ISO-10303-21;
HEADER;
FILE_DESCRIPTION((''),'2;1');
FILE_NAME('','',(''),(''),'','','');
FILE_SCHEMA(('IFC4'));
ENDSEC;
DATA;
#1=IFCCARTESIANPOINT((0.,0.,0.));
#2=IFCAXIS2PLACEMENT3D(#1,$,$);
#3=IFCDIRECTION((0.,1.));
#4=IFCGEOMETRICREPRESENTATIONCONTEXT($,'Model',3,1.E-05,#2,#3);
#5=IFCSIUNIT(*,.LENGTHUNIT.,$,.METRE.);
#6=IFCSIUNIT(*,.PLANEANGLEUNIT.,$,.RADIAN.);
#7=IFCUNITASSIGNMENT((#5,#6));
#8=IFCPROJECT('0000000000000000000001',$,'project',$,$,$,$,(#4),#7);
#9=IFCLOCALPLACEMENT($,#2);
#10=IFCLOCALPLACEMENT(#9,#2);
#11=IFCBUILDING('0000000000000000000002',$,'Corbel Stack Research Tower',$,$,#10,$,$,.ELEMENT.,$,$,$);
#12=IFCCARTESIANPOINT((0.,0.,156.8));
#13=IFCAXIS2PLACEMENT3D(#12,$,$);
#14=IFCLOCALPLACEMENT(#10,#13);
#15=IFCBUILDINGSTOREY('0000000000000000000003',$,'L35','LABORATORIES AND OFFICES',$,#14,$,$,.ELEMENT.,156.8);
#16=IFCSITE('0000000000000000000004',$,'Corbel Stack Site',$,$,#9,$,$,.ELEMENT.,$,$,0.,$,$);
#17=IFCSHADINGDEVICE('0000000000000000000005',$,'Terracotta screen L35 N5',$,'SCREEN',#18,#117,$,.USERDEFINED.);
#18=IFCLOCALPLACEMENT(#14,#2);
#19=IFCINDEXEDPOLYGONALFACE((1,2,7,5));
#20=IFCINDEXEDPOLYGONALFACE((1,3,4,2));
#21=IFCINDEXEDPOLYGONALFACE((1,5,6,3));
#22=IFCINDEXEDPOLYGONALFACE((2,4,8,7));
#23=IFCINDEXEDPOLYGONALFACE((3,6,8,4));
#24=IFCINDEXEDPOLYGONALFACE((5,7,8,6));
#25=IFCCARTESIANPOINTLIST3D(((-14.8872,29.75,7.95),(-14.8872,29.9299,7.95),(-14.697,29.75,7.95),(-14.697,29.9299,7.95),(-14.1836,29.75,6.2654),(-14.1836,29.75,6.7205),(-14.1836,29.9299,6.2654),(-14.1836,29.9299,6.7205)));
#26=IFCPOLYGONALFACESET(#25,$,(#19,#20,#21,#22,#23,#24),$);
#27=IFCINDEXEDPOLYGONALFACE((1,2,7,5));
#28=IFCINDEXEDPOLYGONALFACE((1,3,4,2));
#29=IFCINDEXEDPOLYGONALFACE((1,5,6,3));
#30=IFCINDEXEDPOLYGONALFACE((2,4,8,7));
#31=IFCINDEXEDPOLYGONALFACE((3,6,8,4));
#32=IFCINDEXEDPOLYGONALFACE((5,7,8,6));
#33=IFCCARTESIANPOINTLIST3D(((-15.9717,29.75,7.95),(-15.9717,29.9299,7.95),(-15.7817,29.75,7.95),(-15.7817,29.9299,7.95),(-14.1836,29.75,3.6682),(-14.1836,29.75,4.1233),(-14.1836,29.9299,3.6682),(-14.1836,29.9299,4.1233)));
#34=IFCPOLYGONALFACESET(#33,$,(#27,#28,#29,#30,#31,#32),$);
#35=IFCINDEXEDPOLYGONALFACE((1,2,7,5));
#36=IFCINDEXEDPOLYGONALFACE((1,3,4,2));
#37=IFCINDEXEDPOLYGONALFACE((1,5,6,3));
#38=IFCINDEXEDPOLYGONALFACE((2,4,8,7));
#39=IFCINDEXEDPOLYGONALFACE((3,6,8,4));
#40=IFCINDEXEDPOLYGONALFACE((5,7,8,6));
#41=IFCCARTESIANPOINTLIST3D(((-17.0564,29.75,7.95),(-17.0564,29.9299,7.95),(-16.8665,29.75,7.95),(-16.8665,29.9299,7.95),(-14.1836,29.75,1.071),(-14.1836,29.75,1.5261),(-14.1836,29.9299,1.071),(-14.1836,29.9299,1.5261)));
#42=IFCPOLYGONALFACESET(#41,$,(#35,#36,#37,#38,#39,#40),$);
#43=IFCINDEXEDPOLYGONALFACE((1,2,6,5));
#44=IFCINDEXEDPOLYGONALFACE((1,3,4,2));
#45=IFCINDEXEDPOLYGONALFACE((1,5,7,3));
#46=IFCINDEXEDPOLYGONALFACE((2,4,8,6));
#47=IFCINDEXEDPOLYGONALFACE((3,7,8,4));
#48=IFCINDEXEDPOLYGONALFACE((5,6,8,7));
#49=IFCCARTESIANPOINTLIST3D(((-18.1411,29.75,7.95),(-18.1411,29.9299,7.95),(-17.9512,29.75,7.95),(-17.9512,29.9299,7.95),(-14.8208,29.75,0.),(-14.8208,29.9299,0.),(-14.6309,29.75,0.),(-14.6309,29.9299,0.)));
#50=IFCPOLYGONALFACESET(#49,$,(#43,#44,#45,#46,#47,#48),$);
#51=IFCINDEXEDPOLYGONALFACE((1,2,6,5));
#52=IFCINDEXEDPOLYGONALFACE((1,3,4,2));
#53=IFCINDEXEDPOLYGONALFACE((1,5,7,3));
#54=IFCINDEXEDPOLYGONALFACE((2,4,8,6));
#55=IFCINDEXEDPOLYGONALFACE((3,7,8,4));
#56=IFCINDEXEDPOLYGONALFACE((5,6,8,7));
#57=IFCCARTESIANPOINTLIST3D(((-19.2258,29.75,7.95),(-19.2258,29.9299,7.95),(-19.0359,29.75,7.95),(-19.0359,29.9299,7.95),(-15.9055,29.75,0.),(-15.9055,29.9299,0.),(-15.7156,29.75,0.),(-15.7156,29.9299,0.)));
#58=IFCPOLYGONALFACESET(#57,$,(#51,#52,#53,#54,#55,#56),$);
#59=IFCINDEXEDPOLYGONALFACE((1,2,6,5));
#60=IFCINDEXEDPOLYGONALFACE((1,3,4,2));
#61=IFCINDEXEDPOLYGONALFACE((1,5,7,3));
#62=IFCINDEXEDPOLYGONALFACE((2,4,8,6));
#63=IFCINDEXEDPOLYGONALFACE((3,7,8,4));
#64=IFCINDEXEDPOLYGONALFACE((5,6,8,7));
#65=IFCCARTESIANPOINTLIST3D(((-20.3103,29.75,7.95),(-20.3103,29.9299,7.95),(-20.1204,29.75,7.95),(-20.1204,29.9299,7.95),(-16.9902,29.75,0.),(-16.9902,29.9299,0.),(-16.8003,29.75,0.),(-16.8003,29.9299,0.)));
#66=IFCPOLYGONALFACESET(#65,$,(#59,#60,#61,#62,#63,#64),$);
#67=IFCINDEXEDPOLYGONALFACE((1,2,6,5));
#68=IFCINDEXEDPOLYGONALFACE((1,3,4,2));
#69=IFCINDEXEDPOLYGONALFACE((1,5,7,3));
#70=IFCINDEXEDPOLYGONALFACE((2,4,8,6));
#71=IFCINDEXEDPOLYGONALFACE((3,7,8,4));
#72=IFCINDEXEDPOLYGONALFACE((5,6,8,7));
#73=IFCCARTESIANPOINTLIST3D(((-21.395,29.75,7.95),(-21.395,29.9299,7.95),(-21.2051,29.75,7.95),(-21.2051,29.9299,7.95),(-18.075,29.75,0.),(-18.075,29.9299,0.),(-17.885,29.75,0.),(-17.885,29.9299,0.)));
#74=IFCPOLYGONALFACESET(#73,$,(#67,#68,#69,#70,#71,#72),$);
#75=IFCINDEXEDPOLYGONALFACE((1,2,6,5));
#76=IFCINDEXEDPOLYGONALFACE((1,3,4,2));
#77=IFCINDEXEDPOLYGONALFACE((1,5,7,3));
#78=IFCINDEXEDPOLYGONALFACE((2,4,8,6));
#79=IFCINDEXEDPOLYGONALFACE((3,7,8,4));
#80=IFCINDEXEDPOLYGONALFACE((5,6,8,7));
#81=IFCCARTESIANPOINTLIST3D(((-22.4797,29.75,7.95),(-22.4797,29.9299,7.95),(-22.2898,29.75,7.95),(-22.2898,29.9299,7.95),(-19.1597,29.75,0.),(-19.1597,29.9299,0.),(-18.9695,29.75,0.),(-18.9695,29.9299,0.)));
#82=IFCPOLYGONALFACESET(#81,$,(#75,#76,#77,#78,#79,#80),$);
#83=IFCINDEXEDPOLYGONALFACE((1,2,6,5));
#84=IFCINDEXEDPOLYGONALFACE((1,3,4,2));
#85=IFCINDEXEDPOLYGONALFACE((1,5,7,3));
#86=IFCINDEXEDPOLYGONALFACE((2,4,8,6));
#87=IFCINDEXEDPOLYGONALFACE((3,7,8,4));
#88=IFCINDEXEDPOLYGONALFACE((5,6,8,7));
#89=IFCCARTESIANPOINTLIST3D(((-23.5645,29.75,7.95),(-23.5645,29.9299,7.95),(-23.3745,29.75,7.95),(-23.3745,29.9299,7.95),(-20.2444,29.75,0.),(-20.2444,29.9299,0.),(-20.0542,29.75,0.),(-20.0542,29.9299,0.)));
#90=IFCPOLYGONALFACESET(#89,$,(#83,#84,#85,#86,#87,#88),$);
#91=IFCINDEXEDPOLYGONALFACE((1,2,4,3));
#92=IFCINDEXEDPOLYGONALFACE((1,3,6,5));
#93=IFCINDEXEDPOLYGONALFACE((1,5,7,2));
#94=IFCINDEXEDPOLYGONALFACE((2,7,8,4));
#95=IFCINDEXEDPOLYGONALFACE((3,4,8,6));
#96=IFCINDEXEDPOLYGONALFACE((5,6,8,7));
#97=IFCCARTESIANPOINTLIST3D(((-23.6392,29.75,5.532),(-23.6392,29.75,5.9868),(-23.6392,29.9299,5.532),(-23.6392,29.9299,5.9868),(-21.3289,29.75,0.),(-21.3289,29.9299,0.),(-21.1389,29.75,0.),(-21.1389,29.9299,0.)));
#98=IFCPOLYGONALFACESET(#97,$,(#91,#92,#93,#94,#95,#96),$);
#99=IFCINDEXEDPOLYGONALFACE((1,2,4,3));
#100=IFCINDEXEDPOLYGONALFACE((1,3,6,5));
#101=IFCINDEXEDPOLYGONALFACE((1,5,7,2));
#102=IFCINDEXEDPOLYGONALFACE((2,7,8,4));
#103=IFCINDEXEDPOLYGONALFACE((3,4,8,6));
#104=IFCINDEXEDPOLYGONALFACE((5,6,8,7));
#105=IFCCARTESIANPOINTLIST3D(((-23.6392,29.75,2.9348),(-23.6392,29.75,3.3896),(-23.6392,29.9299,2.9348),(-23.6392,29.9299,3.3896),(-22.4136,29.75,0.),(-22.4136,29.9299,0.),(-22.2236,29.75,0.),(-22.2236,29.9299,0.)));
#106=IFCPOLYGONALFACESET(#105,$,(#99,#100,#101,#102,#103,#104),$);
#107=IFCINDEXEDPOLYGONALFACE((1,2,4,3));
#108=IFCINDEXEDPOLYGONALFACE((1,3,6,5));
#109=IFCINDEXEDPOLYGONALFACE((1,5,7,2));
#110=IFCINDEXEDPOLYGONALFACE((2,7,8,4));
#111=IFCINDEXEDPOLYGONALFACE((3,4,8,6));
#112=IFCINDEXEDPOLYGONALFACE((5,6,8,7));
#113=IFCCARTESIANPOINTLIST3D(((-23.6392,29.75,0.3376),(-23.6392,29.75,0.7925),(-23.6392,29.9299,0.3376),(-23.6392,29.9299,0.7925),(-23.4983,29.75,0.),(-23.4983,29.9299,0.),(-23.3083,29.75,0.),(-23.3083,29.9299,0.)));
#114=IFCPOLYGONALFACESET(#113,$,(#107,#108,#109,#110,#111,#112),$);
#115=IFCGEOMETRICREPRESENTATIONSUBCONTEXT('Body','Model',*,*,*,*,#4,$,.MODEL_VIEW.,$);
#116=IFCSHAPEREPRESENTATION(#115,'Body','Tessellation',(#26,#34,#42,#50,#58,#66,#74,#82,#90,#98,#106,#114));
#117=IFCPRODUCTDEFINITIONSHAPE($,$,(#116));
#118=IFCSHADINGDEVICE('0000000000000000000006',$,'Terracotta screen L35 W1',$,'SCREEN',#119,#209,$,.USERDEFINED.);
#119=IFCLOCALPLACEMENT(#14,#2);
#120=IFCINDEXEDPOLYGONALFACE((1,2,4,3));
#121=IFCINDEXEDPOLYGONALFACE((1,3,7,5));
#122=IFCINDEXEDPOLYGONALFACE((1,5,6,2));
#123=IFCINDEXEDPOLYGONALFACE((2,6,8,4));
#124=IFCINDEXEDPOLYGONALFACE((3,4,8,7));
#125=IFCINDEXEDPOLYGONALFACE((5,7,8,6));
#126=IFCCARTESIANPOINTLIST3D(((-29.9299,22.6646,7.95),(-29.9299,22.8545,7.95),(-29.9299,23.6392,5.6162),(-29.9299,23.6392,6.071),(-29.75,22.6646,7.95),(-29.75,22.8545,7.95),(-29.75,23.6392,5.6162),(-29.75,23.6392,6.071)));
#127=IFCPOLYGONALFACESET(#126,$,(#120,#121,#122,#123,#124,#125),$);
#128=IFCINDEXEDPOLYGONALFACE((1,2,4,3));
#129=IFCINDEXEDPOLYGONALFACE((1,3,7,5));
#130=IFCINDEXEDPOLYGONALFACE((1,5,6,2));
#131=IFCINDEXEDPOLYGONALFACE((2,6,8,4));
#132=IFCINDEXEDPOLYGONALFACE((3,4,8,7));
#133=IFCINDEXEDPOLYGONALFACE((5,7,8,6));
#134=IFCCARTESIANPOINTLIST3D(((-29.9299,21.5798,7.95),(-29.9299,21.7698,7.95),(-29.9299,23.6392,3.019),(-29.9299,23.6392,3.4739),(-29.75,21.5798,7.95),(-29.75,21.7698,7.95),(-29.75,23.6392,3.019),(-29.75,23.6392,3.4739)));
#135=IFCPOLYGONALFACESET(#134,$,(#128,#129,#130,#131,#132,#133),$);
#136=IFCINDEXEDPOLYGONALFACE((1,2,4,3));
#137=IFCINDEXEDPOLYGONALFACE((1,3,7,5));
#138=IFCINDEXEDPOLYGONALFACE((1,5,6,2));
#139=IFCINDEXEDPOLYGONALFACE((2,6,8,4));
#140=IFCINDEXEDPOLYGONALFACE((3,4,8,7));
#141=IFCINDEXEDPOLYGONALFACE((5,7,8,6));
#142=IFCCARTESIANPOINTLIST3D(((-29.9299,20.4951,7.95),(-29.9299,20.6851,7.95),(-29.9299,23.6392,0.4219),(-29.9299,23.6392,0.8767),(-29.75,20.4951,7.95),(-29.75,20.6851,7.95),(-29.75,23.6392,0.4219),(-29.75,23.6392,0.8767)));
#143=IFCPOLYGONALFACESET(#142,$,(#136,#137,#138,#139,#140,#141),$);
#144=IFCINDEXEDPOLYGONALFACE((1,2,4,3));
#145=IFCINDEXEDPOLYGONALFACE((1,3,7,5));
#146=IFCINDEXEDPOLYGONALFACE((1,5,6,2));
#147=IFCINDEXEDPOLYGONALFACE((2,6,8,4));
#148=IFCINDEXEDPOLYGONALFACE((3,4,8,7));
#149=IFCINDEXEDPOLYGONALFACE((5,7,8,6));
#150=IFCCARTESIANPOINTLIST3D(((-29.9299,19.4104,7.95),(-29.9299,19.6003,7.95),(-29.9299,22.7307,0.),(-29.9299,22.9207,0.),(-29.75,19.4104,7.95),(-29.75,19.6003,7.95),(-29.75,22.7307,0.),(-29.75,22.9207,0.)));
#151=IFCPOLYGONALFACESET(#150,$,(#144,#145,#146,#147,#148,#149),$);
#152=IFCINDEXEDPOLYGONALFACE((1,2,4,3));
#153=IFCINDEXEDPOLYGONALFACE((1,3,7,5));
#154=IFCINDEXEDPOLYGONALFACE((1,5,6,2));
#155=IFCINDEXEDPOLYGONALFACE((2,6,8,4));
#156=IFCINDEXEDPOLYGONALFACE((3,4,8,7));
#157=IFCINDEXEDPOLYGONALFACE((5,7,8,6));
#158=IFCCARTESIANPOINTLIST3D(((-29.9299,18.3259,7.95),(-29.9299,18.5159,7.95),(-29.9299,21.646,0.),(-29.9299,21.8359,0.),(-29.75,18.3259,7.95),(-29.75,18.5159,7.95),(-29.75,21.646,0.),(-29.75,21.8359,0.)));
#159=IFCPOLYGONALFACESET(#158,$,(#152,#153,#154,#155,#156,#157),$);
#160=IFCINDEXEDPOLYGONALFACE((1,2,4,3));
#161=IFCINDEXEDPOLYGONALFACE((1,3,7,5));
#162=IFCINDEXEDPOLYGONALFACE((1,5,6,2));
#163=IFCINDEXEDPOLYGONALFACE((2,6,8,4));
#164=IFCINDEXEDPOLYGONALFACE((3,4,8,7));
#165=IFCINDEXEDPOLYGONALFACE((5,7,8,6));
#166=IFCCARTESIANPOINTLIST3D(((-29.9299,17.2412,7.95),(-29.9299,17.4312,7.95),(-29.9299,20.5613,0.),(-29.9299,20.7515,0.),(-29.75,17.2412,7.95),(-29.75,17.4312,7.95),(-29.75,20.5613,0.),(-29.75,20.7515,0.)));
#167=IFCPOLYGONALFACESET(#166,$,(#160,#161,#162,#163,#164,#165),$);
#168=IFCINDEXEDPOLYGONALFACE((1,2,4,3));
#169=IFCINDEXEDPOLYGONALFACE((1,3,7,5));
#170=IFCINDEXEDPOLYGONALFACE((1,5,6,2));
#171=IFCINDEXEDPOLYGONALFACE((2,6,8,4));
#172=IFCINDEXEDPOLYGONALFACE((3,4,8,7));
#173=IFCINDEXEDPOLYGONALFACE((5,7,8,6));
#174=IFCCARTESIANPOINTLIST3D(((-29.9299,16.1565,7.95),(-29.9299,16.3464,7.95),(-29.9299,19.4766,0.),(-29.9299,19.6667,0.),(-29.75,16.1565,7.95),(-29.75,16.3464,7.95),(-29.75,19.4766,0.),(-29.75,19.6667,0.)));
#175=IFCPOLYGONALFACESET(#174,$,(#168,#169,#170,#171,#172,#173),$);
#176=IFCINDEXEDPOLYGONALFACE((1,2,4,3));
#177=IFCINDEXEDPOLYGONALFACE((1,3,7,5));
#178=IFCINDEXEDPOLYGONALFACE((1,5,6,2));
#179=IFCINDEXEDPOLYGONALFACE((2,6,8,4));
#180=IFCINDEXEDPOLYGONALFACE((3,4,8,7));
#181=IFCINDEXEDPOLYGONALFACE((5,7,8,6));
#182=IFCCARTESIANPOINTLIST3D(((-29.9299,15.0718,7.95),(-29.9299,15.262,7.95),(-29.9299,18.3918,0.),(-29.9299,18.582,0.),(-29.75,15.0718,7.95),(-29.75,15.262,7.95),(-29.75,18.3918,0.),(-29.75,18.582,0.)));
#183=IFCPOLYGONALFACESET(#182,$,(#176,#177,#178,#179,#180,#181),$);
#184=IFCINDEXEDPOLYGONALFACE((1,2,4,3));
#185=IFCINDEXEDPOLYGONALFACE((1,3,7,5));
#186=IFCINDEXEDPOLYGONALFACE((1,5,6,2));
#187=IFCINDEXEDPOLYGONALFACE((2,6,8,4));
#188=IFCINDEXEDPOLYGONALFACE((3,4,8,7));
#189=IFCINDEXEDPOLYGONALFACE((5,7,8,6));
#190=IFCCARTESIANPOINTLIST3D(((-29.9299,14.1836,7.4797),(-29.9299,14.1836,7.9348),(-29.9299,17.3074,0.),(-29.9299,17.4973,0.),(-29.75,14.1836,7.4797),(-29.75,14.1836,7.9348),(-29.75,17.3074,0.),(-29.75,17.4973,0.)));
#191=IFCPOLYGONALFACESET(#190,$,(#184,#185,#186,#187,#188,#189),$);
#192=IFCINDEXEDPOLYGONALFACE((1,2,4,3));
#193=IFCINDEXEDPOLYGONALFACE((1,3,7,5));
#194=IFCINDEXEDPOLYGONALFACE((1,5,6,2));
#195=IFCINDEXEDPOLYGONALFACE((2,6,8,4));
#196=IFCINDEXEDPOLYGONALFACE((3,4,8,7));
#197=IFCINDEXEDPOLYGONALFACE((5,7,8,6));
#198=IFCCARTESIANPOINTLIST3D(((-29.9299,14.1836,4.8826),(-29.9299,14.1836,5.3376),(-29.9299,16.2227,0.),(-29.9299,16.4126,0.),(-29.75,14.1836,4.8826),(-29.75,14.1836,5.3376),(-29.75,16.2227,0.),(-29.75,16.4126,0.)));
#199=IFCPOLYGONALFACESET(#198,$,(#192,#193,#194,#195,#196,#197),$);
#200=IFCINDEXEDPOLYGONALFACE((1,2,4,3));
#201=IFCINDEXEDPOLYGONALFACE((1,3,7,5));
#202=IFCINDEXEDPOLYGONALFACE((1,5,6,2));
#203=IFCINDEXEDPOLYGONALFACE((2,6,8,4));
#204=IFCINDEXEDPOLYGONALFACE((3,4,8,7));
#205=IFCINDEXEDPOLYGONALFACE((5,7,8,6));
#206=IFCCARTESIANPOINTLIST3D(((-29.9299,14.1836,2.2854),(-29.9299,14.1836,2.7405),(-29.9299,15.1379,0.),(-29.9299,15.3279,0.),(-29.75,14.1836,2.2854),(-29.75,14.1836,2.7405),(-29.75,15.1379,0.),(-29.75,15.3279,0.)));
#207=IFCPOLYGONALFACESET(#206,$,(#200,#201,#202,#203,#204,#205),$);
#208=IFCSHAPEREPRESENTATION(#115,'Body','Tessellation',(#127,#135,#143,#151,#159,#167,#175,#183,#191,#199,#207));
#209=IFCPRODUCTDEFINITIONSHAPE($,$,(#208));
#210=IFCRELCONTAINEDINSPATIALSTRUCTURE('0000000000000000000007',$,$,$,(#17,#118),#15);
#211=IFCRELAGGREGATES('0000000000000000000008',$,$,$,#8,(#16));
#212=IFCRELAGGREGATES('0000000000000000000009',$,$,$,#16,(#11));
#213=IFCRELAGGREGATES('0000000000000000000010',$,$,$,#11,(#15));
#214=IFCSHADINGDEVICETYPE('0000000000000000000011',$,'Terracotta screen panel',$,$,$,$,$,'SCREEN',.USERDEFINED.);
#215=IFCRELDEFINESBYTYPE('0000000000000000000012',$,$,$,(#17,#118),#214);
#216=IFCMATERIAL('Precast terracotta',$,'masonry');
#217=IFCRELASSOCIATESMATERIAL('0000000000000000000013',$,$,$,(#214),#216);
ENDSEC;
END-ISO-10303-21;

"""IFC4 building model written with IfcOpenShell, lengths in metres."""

from ifc_helpers import new_model, si_unit, direction, frame, origin, place, context, subcontext, project, spatial, polyline, outline, extrude, source, transform, mapped, material, type_object, element, save


model = new_model("IFC4")

# Units and contexts
model_context = context("Model", 3, precision=1e-05, world=origin(), true_north=direction((0.0, 1.0)))
body_context = subcontext(model_context, "Body", "Model", "MODEL_VIEW")
ifc_project = project(units=[si_unit("LENGTHUNIT", "METRE"), si_unit("PLANEANGLEUNIT", "RADIAN")], contexts=[model_context])

# Site, building, storey
site_placement = place(None, origin())
site = spatial("IfcSite", under=ifc_project, at=site_placement, Name="Corbel Stack Site", CompositionType="ELEMENT", RefElevation=0.0)
building_placement = place(site_placement, origin())
building = spatial("IfcBuilding", under=site, at=building_placement, Name="Corbel Stack Research Tower", CompositionType="ELEMENT")
storey_placement = place(building_placement, frame((0.0, 0.0, 156.8)))
storey = spatial("IfcBuildingStorey", under=building, at=storey_placement, Name="L35", Description="LABORATORIES AND OFFICES", CompositionType="ELEMENT", Elevation=156.8)

# Shading devices
ifc_material_1 = material(Name="Precast terracotta", Category="masonry")
shading_device_type = type_object("IfcShadingDeviceType", Name="Terracotta screen panel", ElementType="SCREEN", PredefinedType="USERDEFINED", material=ifc_material_1)
shared_shape_1 = source(origin(), body_context, "Body", "SweptSolid", [
    extrude(outline(polyline([(0.7036, 7.95), (0.5134, 7.95), (0.0, 6.7205), (0.0, 6.2654), (0.7036, 7.95)])), frame((0.0, 0.0, 0.0), z_axis=(0.0, -1.0, 0.0), x_axis=(1.0, 0.0, 0.0)), (0.0, 0.0, 1.0), 0.1799),
    extrude(outline(polyline([(1.7881, 7.95), (1.5981, 7.95), (0.0, 4.1233), (0.0, 3.6682), (1.7881, 7.95)])), frame((0.0, 0.0, 0.0), z_axis=(0.0, -1.0, 0.0), x_axis=(1.0, 0.0, 0.0)), (0.0, 0.0, 1.0), 0.1799),
    extrude(outline(polyline([(2.8728, 7.95), (2.6829, 7.95), (0.0, 1.5261), (0.0, 1.071), (2.8728, 7.95)])), frame((0.0, 0.0, 0.0), z_axis=(0.0, -1.0, 0.0), x_axis=(1.0, 0.0, 0.0)), (0.0, 0.0, 1.0), 0.1799),
    extrude(outline(polyline([(0.6372, 0.0), (3.9575, 7.95), (3.7676, 7.95), (0.4473, 0.0), (0.6372, 0.0)])), frame((0.0, 0.0, 0.0), z_axis=(0.0, -1.0, 0.0), x_axis=(1.0, 0.0, 0.0)), (0.0, 0.0, 1.0), 0.1799),
    extrude(outline(polyline([(1.7219, 0.0), (5.0422, 7.95), (4.8523, 7.95), (1.532, 0.0), (1.7219, 0.0)])), frame((0.0, 0.0, 0.0), z_axis=(0.0, -1.0, 0.0), x_axis=(1.0, 0.0, 0.0)), (0.0, 0.0, 1.0), 0.1799),
    extrude(outline(polyline([(2.8066, 0.0), (6.1267, 7.95), (5.9368, 7.95), (2.6167, 0.0), (2.8066, 0.0)])), frame((0.0, 0.0, 0.0), z_axis=(0.0, -1.0, 0.0), x_axis=(1.0, 0.0, 0.0)), (0.0, 0.0, 1.0), 0.1799),
    extrude(outline(polyline([(3.8914, 0.0), (7.2114, 7.95), (7.0215, 7.95), (3.7014, 0.0), (3.8914, 0.0)])), frame((0.0, 0.0, 0.0), z_axis=(0.0, -1.0, 0.0), x_axis=(1.0, 0.0, 0.0)), (0.0, 0.0, 1.0), 0.1799),
    extrude(outline(polyline([(4.9761, 0.0), (8.2961, 7.95), (8.1062, 7.95), (4.7859, 0.0), (4.9761, 0.0)])), frame((0.0, 0.0, 0.0), z_axis=(0.0, -1.0, 0.0), x_axis=(1.0, 0.0, 0.0)), (0.0, 0.0, 1.0), 0.1799),
    extrude(outline(polyline([(6.0608, 0.0), (9.3809, 7.95), (9.1909, 7.95), (5.8706, 0.0), (6.0608, 0.0)])), frame((0.0, 0.0, 0.0), z_axis=(0.0, -1.0, 0.0), x_axis=(1.0, 0.0, 0.0)), (0.0, 0.0, 1.0), 0.1799),
    extrude(outline(polyline([(7.1453, 0.0), (9.4556, 5.532), (9.4556, 5.9868), (6.9553, 0.0), (7.1453, 0.0)])), frame((0.0, 0.0, 0.0), z_axis=(0.0, -1.0, 0.0), x_axis=(1.0, 0.0, 0.0)), (0.0, 0.0, 1.0), 0.1799),
    extrude(outline(polyline([(8.23, 0.0), (9.4556, 2.9348), (9.4556, 3.3896), (8.04, 0.0), (8.23, 0.0)])), frame((0.0, 0.0, 0.0), z_axis=(0.0, -1.0, 0.0), x_axis=(1.0, 0.0, 0.0)), (0.0, 0.0, 1.0), 0.1799),
    extrude(outline(polyline([(9.3147, 0.0), (9.4556, 0.3376), (9.4556, 0.7925), (9.1248, 0.0), (9.3147, 0.0)])), frame((0.0, 0.0, 0.0), z_axis=(0.0, -1.0, 0.0), x_axis=(1.0, 0.0, 0.0)), (0.0, 0.0, 1.0), 0.1799),
])
shading_device_1_placement = place(storey_placement, frame((-14.1836, 29.75, 0.0), z_axis=(0.0, 0.0, 1.0), x_axis=(-1.0, 0.0, 0.0)))
element("IfcShadingDevice", 1, at=shading_device_1_placement, inside=storey, type_object=shading_device_type, Name="Terracotta screen L35 N5", ObjectType="SCREEN", PredefinedType="USERDEFINED", context=body_context, shape_type="MappedRepresentation", body=[
    mapped(shared_shape_1, transform((0.0, 0.0, 0.0))),
])
shared_shape_2 = source(origin(), body_context, "Body", "SweptSolid", [
    extrude(outline(polyline([(0.9746, 7.95), (0.7847, 7.95), (0.0, 6.071), (0.0, 5.6162), (0.9746, 7.95)])), frame((0.0, 0.0, 0.0), z_axis=(0.0, -1.0, 0.0), x_axis=(1.0, 0.0, 0.0)), (0.0, 0.0, 1.0), 0.1799),
    extrude(outline(polyline([(2.0593, 7.95), (1.8694, 7.95), (0.0, 3.4739), (0.0, 3.019), (2.0593, 7.95)])), frame((0.0, 0.0, 0.0), z_axis=(0.0, -1.0, 0.0), x_axis=(1.0, 0.0, 0.0)), (0.0, 0.0, 1.0), 0.1799),
    extrude(outline(polyline([(3.144, 7.95), (2.9541, 7.95), (0.0, 0.8767), (0.0, 0.4219), (3.144, 7.95)])), frame((0.0, 0.0, 0.0), z_axis=(0.0, -1.0, 0.0), x_axis=(1.0, 0.0, 0.0)), (0.0, 0.0, 1.0), 0.1799),
    extrude(outline(polyline([(0.9084, 0.0), (4.2288, 7.95), (4.0388, 7.95), (0.7185, 0.0), (0.9084, 0.0)])), frame((0.0, 0.0, 0.0), z_axis=(0.0, -1.0, 0.0), x_axis=(1.0, 0.0, 0.0)), (0.0, 0.0, 1.0), 0.1799),
    extrude(outline(polyline([(1.9932, 0.0), (5.3132, 7.95), (5.1233, 7.95), (1.8032, 0.0), (1.9932, 0.0)])), frame((0.0, 0.0, 0.0), z_axis=(0.0, -1.0, 0.0), x_axis=(1.0, 0.0, 0.0)), (0.0, 0.0, 1.0), 0.1799),
    extrude(outline(polyline([(3.0779, 0.0), (6.3979, 7.95), (6.208, 7.95), (2.8877, 0.0), (3.0779, 0.0)])), frame((0.0, 0.0, 0.0), z_axis=(0.0, -1.0, 0.0), x_axis=(1.0, 0.0, 0.0)), (0.0, 0.0, 1.0), 0.1799),
    extrude(outline(polyline([(4.1626, 0.0), (7.4827, 7.95), (7.2927, 7.95), (3.9724, 0.0), (4.1626, 0.0)])), frame((0.0, 0.0, 0.0), z_axis=(0.0, -1.0, 0.0), x_axis=(1.0, 0.0, 0.0)), (0.0, 0.0, 1.0), 0.1799),
    extrude(outline(polyline([(5.2473, 0.0), (8.5674, 7.95), (8.3772, 7.95), (5.0571, 0.0), (5.2473, 0.0)])), frame((0.0, 0.0, 0.0), z_axis=(0.0, -1.0, 0.0), x_axis=(1.0, 0.0, 0.0)), (0.0, 0.0, 1.0), 0.1799),
    extrude(outline(polyline([(6.3318, 0.0), (9.4556, 7.4797), (9.4556, 7.9348), (6.1418, 0.0), (6.3318, 0.0)])), frame((0.0, 0.0, 0.0), z_axis=(0.0, -1.0, 0.0), x_axis=(1.0, 0.0, 0.0)), (0.0, 0.0, 1.0), 0.1799),
    extrude(outline(polyline([(7.4165, 0.0), (9.4556, 4.8826), (9.4556, 5.3376), (7.2266, 0.0), (7.4165, 0.0)])), frame((0.0, 0.0, 0.0), z_axis=(0.0, -1.0, 0.0), x_axis=(1.0, 0.0, 0.0)), (0.0, 0.0, 1.0), 0.1799),
    extrude(outline(polyline([(8.5012, 0.0), (9.4556, 2.2854), (9.4556, 2.7405), (8.3113, 0.0), (8.5012, 0.0)])), frame((0.0, 0.0, 0.0), z_axis=(0.0, -1.0, 0.0), x_axis=(1.0, 0.0, 0.0)), (0.0, 0.0, 1.0), 0.1799),
])
shading_device_2_placement = place(storey_placement, frame((-29.75, 23.6392, 0.0), z_axis=(0.0, 0.0, 1.0), x_axis=(0.0, -1.0, 0.0)))
element("IfcShadingDevice", 2, at=shading_device_2_placement, inside=storey, type_object=shading_device_type, Name="Terracotta screen L35 W1", ObjectType="SCREEN", PredefinedType="USERDEFINED", context=body_context, shape_type="MappedRepresentation", body=[
    mapped(shared_shape_2, transform((0.0, 0.0, 0.0))),
])

save(model, "model.ifc")
